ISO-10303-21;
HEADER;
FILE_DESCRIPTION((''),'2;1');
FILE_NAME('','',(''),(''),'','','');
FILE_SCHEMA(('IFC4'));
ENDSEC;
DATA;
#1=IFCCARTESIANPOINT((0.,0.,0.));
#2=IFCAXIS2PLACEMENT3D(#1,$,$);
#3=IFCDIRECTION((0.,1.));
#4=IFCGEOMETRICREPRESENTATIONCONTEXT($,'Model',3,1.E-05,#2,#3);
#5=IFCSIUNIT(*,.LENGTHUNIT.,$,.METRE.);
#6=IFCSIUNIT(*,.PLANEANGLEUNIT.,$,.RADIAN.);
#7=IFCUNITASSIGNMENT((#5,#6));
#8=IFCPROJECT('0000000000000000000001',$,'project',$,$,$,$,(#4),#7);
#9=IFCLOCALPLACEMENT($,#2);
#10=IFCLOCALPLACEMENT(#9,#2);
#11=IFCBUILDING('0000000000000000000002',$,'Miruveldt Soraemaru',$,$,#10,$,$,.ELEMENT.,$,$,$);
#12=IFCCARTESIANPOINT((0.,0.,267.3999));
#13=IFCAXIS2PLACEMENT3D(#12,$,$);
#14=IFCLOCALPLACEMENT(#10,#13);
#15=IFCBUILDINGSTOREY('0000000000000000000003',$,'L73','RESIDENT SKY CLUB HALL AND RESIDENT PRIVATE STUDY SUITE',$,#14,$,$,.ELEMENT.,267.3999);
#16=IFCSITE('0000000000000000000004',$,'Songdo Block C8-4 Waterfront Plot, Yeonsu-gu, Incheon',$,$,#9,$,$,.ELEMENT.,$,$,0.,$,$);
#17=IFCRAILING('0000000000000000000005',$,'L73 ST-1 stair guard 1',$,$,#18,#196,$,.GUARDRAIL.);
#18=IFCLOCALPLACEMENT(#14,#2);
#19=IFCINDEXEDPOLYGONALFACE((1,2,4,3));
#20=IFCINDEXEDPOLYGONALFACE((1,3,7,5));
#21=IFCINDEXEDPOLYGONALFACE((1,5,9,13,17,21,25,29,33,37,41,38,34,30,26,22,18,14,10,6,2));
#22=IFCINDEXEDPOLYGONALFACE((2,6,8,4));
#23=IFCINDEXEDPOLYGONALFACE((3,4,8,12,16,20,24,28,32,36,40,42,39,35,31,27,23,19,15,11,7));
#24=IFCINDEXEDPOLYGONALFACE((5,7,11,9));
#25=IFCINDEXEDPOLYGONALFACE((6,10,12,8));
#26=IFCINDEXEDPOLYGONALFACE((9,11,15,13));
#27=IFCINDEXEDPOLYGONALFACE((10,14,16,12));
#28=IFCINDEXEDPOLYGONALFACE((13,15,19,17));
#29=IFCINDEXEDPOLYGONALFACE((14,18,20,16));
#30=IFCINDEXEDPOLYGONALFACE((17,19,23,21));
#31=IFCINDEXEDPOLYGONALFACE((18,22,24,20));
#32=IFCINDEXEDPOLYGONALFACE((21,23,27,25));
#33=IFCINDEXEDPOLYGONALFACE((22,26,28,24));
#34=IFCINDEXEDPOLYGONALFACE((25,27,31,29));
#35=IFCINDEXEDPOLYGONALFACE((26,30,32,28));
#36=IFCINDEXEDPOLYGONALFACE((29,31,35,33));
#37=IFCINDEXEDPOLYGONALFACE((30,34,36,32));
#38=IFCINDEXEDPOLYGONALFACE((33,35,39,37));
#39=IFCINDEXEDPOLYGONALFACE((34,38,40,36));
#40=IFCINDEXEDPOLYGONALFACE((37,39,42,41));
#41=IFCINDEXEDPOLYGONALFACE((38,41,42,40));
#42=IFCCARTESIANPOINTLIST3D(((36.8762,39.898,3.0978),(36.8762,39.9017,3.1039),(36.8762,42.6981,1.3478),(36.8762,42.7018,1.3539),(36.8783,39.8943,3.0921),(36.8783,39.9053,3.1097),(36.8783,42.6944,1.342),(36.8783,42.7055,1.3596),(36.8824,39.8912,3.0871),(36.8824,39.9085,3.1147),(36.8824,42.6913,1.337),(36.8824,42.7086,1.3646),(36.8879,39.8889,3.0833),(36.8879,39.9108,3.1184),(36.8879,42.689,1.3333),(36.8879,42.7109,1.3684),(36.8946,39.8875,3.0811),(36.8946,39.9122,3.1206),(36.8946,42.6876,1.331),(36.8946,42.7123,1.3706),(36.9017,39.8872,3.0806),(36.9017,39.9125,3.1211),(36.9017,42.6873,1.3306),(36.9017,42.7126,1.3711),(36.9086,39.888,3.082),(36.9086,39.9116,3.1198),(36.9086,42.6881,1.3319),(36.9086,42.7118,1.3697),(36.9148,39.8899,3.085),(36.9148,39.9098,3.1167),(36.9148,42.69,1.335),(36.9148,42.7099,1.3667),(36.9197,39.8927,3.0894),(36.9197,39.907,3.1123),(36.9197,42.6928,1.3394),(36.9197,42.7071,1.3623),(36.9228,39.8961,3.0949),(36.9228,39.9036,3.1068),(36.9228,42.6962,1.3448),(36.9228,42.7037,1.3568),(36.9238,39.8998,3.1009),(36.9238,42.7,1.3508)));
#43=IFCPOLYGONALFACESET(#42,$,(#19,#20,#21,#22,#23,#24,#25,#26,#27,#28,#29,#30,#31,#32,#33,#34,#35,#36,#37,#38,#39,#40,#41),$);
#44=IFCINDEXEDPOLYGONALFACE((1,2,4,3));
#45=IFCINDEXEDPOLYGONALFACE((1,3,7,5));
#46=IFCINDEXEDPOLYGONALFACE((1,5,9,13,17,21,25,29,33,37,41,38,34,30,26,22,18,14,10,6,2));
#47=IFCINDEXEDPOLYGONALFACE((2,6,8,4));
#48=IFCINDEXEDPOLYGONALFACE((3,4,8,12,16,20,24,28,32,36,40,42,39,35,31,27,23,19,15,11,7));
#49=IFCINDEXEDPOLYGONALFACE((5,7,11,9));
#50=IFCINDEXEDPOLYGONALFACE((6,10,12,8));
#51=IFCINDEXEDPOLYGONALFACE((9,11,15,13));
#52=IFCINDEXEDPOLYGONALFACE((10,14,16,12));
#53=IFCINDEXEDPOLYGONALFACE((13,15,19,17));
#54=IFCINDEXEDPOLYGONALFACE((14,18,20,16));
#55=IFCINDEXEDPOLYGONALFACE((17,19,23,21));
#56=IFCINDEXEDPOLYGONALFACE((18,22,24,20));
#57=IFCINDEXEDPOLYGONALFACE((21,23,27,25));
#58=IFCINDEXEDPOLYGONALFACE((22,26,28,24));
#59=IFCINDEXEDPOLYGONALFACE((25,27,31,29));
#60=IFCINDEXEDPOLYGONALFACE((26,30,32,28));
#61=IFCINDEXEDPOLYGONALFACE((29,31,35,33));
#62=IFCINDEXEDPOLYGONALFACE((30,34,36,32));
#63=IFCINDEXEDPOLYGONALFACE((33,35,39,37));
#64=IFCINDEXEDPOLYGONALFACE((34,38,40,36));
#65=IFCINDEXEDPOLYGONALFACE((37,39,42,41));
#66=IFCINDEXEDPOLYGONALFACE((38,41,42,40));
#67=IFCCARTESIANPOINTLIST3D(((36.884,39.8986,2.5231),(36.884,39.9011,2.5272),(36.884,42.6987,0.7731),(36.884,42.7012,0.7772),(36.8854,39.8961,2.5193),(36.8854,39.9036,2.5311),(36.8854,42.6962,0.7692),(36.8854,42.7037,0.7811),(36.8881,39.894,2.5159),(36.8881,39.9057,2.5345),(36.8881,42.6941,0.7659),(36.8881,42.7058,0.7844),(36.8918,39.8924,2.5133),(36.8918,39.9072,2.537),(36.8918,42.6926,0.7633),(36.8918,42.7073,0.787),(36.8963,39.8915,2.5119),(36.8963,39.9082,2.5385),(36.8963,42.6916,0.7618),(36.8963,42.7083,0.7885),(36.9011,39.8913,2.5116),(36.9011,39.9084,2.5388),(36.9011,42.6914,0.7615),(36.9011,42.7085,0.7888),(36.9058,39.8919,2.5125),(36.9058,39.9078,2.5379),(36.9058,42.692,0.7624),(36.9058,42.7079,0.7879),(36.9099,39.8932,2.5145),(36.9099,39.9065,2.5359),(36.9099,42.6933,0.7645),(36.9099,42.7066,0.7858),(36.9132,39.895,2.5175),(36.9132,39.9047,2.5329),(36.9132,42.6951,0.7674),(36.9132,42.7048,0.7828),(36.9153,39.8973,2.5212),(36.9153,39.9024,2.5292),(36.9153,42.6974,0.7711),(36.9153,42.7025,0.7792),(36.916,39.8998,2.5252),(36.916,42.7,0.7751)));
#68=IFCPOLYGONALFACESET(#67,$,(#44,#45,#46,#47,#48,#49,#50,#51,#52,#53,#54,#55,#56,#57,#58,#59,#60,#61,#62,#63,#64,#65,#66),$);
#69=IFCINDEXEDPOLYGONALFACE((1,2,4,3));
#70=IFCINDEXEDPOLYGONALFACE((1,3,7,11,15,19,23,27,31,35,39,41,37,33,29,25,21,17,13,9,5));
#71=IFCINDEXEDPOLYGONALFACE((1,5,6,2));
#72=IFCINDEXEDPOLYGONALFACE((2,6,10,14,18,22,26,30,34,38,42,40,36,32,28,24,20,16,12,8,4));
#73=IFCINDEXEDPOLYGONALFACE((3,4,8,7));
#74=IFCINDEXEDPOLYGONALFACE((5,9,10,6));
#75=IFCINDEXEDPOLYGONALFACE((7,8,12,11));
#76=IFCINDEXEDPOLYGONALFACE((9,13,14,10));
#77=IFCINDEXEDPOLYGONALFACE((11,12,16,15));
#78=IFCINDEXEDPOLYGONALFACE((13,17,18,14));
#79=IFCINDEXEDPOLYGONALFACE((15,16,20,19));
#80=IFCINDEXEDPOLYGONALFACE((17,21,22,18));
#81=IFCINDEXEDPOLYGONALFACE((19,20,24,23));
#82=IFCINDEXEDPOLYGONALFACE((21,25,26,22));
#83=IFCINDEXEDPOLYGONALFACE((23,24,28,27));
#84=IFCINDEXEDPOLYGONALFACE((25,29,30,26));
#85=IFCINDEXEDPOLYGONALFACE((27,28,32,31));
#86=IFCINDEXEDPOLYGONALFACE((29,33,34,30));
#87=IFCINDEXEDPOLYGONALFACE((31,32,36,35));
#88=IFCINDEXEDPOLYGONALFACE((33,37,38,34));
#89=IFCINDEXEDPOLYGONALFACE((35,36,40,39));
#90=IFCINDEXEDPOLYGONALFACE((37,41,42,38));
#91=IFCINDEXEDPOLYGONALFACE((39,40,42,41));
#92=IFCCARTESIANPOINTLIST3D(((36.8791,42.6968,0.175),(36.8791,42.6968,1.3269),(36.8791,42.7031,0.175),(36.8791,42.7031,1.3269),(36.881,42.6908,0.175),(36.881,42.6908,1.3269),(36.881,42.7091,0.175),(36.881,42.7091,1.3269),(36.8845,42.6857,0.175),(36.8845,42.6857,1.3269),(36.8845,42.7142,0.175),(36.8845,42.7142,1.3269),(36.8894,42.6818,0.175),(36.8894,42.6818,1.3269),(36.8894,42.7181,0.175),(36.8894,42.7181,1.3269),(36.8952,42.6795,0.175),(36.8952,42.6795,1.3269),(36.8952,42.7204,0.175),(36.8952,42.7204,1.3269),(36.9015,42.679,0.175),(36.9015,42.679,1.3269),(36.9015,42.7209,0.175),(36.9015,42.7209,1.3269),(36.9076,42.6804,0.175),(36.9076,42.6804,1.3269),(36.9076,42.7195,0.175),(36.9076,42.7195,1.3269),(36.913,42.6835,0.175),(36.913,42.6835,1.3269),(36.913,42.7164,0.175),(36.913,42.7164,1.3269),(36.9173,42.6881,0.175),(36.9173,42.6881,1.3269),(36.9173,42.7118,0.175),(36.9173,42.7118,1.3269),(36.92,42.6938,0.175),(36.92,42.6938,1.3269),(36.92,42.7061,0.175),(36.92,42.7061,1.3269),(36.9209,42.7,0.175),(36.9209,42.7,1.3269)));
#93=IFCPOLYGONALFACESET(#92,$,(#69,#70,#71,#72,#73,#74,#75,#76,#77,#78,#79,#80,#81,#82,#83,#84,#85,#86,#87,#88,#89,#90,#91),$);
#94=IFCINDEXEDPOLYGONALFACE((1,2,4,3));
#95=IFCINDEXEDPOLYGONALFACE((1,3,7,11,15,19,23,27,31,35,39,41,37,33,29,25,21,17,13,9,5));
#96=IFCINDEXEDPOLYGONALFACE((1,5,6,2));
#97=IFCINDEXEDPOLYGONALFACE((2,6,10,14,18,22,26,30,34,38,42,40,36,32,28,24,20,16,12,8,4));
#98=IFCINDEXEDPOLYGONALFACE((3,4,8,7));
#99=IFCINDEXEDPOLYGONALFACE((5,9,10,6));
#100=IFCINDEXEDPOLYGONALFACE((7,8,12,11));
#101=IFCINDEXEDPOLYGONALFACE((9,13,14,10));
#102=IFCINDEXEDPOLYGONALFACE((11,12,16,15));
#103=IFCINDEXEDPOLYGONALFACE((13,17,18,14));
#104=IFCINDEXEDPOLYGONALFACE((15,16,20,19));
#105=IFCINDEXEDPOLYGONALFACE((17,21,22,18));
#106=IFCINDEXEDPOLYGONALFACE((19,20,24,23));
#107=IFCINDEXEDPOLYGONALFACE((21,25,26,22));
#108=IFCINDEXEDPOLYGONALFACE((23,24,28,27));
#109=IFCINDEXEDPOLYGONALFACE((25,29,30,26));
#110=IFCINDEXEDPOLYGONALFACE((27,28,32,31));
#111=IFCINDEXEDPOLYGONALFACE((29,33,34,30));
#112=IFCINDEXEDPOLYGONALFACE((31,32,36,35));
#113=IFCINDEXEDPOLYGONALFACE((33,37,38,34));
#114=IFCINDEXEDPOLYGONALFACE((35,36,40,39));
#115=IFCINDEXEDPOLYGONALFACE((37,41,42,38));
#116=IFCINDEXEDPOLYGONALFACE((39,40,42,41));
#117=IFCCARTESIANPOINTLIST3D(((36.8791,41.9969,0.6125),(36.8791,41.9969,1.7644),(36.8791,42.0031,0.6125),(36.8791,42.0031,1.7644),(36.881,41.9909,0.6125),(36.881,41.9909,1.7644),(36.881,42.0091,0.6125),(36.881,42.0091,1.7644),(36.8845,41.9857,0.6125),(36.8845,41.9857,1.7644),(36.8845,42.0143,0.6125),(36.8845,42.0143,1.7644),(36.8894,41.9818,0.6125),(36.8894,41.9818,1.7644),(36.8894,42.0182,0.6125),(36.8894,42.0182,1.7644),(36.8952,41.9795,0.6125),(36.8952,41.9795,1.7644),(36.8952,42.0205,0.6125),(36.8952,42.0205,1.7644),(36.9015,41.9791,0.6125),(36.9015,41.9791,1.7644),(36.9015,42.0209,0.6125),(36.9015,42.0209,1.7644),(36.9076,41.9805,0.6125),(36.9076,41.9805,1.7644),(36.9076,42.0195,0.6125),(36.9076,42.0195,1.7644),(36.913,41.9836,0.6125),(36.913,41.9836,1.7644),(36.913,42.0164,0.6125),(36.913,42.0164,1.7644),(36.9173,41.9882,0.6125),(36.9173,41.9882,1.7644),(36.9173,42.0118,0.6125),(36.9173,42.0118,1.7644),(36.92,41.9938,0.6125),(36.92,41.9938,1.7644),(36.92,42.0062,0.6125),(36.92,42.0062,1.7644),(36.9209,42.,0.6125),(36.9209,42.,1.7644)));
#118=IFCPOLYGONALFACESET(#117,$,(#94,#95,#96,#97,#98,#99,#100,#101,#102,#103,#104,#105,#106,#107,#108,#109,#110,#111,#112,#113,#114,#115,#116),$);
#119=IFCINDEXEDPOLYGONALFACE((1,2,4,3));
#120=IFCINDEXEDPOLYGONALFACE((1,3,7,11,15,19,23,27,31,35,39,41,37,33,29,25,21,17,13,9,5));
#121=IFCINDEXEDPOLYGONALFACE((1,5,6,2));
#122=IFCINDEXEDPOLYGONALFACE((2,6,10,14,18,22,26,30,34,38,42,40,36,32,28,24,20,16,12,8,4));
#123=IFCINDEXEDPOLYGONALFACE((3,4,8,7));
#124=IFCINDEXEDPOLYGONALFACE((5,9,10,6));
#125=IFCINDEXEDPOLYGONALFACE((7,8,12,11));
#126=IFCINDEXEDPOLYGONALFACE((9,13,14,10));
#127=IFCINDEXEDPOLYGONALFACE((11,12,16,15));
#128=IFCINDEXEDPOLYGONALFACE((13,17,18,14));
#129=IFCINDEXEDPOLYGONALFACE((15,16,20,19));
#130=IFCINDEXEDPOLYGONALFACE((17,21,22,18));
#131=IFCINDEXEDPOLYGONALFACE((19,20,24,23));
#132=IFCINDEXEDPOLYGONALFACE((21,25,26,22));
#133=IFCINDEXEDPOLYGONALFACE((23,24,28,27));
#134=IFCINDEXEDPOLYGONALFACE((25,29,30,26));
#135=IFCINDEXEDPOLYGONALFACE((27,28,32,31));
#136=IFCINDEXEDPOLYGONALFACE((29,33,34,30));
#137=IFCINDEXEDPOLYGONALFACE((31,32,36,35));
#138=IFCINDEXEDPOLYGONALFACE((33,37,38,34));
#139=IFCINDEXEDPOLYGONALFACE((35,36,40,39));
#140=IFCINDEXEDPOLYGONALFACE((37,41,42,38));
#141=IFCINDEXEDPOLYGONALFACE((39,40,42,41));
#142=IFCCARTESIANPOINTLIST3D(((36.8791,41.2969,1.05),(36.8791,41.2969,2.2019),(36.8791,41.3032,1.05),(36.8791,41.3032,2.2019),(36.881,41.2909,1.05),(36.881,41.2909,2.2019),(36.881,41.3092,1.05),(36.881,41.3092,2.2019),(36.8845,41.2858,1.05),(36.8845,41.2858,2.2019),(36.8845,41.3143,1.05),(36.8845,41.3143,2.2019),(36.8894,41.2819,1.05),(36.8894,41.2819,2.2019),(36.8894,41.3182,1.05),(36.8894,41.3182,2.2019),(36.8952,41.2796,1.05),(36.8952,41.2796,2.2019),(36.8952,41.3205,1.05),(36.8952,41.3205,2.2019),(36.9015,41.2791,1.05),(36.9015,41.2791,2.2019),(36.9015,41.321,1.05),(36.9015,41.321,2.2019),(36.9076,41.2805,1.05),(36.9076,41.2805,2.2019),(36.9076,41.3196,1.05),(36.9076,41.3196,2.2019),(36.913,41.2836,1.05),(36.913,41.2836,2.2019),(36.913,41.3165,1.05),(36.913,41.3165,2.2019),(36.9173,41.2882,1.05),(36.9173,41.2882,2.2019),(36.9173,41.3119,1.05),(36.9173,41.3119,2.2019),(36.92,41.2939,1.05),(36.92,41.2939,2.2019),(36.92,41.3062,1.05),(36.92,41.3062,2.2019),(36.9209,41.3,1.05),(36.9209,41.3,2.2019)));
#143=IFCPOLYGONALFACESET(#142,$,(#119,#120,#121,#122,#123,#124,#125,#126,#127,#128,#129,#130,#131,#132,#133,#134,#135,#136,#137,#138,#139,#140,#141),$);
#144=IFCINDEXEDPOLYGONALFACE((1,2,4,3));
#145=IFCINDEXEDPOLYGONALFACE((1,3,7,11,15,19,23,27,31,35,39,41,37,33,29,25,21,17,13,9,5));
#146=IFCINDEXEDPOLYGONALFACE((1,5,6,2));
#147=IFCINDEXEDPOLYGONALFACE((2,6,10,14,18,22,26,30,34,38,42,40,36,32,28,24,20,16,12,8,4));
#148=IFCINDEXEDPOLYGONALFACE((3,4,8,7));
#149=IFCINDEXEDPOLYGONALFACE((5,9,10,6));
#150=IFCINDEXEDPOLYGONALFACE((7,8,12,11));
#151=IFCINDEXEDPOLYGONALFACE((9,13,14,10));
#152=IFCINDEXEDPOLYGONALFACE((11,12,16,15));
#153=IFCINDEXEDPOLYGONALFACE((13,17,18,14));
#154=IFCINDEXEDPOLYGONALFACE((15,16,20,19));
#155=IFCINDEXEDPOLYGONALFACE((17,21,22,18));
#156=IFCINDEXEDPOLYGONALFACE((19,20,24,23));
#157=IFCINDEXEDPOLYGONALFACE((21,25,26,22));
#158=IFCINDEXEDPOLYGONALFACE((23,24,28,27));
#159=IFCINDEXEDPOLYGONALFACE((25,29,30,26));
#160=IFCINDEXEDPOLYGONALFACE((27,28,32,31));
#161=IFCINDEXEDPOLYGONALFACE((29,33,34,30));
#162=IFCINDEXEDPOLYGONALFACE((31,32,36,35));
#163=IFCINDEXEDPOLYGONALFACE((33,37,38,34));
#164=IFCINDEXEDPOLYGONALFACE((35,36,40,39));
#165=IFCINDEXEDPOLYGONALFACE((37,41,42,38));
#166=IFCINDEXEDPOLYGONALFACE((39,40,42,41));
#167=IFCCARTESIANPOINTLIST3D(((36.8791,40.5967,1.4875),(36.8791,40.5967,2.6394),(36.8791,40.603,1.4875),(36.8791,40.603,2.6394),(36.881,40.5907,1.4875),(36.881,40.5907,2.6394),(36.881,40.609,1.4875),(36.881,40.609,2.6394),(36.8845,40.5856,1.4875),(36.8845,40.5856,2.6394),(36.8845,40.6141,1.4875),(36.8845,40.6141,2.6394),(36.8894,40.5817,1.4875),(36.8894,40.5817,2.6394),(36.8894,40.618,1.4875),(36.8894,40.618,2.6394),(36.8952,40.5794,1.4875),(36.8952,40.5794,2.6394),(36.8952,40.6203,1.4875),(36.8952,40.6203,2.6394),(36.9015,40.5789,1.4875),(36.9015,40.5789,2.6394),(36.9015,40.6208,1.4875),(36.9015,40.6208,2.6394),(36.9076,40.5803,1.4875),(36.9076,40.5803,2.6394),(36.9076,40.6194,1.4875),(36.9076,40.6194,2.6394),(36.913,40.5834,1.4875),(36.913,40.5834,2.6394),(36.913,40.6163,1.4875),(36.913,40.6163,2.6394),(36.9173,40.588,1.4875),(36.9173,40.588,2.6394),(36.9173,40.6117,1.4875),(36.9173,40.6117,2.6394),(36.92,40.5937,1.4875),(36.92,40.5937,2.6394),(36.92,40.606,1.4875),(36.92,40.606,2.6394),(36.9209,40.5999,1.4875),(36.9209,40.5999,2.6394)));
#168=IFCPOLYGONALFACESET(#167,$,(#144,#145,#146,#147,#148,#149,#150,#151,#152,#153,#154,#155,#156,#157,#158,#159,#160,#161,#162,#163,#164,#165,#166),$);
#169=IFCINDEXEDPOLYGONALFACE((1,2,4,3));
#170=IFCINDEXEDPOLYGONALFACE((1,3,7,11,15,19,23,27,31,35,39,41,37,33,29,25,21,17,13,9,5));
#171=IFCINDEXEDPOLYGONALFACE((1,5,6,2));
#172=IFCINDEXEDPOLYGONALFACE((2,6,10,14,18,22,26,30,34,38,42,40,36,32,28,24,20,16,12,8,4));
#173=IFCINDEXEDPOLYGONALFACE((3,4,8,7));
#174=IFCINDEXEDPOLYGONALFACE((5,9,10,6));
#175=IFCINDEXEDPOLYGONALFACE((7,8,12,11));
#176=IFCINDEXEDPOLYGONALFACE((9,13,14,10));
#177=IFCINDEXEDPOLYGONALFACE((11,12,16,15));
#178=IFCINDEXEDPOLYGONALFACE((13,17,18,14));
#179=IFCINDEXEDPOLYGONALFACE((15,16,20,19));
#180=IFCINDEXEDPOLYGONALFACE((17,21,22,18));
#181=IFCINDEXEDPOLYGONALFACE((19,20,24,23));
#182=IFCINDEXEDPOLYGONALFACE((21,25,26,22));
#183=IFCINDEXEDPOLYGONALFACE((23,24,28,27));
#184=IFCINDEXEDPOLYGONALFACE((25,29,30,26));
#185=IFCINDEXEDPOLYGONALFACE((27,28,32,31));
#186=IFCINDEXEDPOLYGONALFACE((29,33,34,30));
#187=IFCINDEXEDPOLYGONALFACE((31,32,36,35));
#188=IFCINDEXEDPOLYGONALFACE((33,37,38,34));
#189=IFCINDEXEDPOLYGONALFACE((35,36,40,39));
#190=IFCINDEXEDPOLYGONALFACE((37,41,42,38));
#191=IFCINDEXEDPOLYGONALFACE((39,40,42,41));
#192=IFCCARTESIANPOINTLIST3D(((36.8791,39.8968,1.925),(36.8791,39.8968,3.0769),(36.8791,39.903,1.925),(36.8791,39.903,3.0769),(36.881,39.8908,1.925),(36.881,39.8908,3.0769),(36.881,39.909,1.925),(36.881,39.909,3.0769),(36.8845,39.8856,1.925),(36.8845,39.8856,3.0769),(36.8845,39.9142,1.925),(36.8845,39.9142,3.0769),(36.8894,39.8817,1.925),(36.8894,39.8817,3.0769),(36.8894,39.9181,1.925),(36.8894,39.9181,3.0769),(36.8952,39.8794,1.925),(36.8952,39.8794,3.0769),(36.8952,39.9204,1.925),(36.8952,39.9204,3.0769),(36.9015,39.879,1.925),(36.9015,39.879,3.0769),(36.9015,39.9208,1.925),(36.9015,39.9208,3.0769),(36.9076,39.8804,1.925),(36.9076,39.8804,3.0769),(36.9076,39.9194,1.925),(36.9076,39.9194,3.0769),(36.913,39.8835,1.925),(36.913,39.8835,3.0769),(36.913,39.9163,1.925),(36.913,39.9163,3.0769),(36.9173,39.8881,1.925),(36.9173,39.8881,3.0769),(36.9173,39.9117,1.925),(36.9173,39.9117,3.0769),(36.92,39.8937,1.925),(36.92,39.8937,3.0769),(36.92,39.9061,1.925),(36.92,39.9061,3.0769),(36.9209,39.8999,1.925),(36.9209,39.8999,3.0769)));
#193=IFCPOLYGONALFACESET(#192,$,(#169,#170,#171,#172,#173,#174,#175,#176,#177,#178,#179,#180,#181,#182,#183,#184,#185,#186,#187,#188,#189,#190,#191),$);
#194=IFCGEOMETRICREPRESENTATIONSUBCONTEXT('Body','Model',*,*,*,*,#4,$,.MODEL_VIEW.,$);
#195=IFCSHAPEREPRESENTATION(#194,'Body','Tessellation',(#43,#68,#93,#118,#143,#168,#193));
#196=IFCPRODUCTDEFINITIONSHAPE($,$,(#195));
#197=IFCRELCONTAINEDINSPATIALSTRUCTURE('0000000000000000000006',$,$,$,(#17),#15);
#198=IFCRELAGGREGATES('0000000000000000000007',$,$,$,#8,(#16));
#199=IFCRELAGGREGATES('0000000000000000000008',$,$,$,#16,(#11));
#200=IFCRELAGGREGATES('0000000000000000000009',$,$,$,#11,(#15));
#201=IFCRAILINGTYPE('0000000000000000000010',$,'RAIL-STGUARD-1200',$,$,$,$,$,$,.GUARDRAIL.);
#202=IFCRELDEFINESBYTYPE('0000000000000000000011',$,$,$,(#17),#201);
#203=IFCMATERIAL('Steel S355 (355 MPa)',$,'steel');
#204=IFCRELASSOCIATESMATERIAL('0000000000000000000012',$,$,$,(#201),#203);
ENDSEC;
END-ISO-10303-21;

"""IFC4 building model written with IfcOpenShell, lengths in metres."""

from ifc_helpers import new_model, si_unit, direction, frame, origin, origin_2d, place, context, subcontext, project, spatial, circle, extrude, material, type_object, element, save


model = new_model("IFC4")

# Units and contexts
model_context = context("Model", 3, precision=1e-05, world=origin(), true_north=direction((0.0, 1.0)))
body_context = subcontext(model_context, "Body", "Model", "MODEL_VIEW")
ifc_project = project(units=[si_unit("LENGTHUNIT", "METRE"), si_unit("PLANEANGLEUNIT", "RADIAN")], contexts=[model_context])

# Site, building, storey
site_placement = place(None, origin())
site = spatial("IfcSite", under=ifc_project, at=site_placement, Name="Songdo Block C8-4 Waterfront Plot, Yeonsu-gu, Incheon", CompositionType="ELEMENT", RefElevation=0.0)
building_placement = place(site_placement, origin())
building = spatial("IfcBuilding", under=site, at=building_placement, Name="Miruveldt Soraemaru", CompositionType="ELEMENT")
storey_placement = place(building_placement, frame((0.0, 0.0, 267.3999)))
storey = spatial("IfcBuildingStorey", under=building, at=storey_placement, Name="L73", Description="RESIDENT SKY CLUB HALL AND RESIDENT PRIVATE STUDY SUITE", CompositionType="ELEMENT", Elevation=267.3999)

# Railing
ifc_material_1 = material(Name="Steel S355 (355 MPa)", Category="steel")
railing_type_1 = type_object("IfcRailingType", Name="RAIL-STGUARD-1200", PredefinedType="GUARDRAIL", material=ifc_material_1)
railing_1_placement = place(storey_placement, frame((36.8999, 42.7, 0.175)))
element("IfcRailing", 1, at=railing_1_placement, inside=storey, type_object=railing_type_1, Name="L73 ST-1 stair guard 1", PredefinedType="GUARDRAIL", context=body_context, shape_type="SweptSolid", body=[
    extrude(circle(Radius=0.0239, at=origin_2d()), frame((0.0, 0.0, 1.1758), z_axis=(0.0, -0.848002, 0.529992), x_axis=(1.0, 0.0, 0.0)), (0.0, 0.0, 1.0), 3.302),
    extrude(circle(Radius=0.0161, at=origin_2d()), frame((0.0, 0.0, 0.6001), z_axis=(0.0, -0.848002, 0.529992), x_axis=(1.0, 0.0, 0.0)), (0.0, 0.0, 1.0), 3.302),
    extrude(circle(Radius=0.021, at=origin_2d()), origin(), (0.0, 0.0, 1.0), 1.1519),
    extrude(circle(Radius=0.021, at=origin_2d()), frame((0.0, -0.7, 0.4375)), (0.0, 0.0, 1.0), 1.1519),
    extrude(circle(Radius=0.021, at=origin_2d()), frame((0.0, -1.3999, 0.875)), (0.0, 0.0, 1.0), 1.1519),
    extrude(circle(Radius=0.021, at=origin_2d()), frame((0.0, -2.1001, 1.3125)), (0.0, 0.0, 1.0), 1.1519),
    extrude(circle(Radius=0.021, at=origin_2d()), frame((0.0, -2.8, 1.75)), (0.0, 0.0, 1.0), 1.1519),
])

save(model, "model.ifc")
